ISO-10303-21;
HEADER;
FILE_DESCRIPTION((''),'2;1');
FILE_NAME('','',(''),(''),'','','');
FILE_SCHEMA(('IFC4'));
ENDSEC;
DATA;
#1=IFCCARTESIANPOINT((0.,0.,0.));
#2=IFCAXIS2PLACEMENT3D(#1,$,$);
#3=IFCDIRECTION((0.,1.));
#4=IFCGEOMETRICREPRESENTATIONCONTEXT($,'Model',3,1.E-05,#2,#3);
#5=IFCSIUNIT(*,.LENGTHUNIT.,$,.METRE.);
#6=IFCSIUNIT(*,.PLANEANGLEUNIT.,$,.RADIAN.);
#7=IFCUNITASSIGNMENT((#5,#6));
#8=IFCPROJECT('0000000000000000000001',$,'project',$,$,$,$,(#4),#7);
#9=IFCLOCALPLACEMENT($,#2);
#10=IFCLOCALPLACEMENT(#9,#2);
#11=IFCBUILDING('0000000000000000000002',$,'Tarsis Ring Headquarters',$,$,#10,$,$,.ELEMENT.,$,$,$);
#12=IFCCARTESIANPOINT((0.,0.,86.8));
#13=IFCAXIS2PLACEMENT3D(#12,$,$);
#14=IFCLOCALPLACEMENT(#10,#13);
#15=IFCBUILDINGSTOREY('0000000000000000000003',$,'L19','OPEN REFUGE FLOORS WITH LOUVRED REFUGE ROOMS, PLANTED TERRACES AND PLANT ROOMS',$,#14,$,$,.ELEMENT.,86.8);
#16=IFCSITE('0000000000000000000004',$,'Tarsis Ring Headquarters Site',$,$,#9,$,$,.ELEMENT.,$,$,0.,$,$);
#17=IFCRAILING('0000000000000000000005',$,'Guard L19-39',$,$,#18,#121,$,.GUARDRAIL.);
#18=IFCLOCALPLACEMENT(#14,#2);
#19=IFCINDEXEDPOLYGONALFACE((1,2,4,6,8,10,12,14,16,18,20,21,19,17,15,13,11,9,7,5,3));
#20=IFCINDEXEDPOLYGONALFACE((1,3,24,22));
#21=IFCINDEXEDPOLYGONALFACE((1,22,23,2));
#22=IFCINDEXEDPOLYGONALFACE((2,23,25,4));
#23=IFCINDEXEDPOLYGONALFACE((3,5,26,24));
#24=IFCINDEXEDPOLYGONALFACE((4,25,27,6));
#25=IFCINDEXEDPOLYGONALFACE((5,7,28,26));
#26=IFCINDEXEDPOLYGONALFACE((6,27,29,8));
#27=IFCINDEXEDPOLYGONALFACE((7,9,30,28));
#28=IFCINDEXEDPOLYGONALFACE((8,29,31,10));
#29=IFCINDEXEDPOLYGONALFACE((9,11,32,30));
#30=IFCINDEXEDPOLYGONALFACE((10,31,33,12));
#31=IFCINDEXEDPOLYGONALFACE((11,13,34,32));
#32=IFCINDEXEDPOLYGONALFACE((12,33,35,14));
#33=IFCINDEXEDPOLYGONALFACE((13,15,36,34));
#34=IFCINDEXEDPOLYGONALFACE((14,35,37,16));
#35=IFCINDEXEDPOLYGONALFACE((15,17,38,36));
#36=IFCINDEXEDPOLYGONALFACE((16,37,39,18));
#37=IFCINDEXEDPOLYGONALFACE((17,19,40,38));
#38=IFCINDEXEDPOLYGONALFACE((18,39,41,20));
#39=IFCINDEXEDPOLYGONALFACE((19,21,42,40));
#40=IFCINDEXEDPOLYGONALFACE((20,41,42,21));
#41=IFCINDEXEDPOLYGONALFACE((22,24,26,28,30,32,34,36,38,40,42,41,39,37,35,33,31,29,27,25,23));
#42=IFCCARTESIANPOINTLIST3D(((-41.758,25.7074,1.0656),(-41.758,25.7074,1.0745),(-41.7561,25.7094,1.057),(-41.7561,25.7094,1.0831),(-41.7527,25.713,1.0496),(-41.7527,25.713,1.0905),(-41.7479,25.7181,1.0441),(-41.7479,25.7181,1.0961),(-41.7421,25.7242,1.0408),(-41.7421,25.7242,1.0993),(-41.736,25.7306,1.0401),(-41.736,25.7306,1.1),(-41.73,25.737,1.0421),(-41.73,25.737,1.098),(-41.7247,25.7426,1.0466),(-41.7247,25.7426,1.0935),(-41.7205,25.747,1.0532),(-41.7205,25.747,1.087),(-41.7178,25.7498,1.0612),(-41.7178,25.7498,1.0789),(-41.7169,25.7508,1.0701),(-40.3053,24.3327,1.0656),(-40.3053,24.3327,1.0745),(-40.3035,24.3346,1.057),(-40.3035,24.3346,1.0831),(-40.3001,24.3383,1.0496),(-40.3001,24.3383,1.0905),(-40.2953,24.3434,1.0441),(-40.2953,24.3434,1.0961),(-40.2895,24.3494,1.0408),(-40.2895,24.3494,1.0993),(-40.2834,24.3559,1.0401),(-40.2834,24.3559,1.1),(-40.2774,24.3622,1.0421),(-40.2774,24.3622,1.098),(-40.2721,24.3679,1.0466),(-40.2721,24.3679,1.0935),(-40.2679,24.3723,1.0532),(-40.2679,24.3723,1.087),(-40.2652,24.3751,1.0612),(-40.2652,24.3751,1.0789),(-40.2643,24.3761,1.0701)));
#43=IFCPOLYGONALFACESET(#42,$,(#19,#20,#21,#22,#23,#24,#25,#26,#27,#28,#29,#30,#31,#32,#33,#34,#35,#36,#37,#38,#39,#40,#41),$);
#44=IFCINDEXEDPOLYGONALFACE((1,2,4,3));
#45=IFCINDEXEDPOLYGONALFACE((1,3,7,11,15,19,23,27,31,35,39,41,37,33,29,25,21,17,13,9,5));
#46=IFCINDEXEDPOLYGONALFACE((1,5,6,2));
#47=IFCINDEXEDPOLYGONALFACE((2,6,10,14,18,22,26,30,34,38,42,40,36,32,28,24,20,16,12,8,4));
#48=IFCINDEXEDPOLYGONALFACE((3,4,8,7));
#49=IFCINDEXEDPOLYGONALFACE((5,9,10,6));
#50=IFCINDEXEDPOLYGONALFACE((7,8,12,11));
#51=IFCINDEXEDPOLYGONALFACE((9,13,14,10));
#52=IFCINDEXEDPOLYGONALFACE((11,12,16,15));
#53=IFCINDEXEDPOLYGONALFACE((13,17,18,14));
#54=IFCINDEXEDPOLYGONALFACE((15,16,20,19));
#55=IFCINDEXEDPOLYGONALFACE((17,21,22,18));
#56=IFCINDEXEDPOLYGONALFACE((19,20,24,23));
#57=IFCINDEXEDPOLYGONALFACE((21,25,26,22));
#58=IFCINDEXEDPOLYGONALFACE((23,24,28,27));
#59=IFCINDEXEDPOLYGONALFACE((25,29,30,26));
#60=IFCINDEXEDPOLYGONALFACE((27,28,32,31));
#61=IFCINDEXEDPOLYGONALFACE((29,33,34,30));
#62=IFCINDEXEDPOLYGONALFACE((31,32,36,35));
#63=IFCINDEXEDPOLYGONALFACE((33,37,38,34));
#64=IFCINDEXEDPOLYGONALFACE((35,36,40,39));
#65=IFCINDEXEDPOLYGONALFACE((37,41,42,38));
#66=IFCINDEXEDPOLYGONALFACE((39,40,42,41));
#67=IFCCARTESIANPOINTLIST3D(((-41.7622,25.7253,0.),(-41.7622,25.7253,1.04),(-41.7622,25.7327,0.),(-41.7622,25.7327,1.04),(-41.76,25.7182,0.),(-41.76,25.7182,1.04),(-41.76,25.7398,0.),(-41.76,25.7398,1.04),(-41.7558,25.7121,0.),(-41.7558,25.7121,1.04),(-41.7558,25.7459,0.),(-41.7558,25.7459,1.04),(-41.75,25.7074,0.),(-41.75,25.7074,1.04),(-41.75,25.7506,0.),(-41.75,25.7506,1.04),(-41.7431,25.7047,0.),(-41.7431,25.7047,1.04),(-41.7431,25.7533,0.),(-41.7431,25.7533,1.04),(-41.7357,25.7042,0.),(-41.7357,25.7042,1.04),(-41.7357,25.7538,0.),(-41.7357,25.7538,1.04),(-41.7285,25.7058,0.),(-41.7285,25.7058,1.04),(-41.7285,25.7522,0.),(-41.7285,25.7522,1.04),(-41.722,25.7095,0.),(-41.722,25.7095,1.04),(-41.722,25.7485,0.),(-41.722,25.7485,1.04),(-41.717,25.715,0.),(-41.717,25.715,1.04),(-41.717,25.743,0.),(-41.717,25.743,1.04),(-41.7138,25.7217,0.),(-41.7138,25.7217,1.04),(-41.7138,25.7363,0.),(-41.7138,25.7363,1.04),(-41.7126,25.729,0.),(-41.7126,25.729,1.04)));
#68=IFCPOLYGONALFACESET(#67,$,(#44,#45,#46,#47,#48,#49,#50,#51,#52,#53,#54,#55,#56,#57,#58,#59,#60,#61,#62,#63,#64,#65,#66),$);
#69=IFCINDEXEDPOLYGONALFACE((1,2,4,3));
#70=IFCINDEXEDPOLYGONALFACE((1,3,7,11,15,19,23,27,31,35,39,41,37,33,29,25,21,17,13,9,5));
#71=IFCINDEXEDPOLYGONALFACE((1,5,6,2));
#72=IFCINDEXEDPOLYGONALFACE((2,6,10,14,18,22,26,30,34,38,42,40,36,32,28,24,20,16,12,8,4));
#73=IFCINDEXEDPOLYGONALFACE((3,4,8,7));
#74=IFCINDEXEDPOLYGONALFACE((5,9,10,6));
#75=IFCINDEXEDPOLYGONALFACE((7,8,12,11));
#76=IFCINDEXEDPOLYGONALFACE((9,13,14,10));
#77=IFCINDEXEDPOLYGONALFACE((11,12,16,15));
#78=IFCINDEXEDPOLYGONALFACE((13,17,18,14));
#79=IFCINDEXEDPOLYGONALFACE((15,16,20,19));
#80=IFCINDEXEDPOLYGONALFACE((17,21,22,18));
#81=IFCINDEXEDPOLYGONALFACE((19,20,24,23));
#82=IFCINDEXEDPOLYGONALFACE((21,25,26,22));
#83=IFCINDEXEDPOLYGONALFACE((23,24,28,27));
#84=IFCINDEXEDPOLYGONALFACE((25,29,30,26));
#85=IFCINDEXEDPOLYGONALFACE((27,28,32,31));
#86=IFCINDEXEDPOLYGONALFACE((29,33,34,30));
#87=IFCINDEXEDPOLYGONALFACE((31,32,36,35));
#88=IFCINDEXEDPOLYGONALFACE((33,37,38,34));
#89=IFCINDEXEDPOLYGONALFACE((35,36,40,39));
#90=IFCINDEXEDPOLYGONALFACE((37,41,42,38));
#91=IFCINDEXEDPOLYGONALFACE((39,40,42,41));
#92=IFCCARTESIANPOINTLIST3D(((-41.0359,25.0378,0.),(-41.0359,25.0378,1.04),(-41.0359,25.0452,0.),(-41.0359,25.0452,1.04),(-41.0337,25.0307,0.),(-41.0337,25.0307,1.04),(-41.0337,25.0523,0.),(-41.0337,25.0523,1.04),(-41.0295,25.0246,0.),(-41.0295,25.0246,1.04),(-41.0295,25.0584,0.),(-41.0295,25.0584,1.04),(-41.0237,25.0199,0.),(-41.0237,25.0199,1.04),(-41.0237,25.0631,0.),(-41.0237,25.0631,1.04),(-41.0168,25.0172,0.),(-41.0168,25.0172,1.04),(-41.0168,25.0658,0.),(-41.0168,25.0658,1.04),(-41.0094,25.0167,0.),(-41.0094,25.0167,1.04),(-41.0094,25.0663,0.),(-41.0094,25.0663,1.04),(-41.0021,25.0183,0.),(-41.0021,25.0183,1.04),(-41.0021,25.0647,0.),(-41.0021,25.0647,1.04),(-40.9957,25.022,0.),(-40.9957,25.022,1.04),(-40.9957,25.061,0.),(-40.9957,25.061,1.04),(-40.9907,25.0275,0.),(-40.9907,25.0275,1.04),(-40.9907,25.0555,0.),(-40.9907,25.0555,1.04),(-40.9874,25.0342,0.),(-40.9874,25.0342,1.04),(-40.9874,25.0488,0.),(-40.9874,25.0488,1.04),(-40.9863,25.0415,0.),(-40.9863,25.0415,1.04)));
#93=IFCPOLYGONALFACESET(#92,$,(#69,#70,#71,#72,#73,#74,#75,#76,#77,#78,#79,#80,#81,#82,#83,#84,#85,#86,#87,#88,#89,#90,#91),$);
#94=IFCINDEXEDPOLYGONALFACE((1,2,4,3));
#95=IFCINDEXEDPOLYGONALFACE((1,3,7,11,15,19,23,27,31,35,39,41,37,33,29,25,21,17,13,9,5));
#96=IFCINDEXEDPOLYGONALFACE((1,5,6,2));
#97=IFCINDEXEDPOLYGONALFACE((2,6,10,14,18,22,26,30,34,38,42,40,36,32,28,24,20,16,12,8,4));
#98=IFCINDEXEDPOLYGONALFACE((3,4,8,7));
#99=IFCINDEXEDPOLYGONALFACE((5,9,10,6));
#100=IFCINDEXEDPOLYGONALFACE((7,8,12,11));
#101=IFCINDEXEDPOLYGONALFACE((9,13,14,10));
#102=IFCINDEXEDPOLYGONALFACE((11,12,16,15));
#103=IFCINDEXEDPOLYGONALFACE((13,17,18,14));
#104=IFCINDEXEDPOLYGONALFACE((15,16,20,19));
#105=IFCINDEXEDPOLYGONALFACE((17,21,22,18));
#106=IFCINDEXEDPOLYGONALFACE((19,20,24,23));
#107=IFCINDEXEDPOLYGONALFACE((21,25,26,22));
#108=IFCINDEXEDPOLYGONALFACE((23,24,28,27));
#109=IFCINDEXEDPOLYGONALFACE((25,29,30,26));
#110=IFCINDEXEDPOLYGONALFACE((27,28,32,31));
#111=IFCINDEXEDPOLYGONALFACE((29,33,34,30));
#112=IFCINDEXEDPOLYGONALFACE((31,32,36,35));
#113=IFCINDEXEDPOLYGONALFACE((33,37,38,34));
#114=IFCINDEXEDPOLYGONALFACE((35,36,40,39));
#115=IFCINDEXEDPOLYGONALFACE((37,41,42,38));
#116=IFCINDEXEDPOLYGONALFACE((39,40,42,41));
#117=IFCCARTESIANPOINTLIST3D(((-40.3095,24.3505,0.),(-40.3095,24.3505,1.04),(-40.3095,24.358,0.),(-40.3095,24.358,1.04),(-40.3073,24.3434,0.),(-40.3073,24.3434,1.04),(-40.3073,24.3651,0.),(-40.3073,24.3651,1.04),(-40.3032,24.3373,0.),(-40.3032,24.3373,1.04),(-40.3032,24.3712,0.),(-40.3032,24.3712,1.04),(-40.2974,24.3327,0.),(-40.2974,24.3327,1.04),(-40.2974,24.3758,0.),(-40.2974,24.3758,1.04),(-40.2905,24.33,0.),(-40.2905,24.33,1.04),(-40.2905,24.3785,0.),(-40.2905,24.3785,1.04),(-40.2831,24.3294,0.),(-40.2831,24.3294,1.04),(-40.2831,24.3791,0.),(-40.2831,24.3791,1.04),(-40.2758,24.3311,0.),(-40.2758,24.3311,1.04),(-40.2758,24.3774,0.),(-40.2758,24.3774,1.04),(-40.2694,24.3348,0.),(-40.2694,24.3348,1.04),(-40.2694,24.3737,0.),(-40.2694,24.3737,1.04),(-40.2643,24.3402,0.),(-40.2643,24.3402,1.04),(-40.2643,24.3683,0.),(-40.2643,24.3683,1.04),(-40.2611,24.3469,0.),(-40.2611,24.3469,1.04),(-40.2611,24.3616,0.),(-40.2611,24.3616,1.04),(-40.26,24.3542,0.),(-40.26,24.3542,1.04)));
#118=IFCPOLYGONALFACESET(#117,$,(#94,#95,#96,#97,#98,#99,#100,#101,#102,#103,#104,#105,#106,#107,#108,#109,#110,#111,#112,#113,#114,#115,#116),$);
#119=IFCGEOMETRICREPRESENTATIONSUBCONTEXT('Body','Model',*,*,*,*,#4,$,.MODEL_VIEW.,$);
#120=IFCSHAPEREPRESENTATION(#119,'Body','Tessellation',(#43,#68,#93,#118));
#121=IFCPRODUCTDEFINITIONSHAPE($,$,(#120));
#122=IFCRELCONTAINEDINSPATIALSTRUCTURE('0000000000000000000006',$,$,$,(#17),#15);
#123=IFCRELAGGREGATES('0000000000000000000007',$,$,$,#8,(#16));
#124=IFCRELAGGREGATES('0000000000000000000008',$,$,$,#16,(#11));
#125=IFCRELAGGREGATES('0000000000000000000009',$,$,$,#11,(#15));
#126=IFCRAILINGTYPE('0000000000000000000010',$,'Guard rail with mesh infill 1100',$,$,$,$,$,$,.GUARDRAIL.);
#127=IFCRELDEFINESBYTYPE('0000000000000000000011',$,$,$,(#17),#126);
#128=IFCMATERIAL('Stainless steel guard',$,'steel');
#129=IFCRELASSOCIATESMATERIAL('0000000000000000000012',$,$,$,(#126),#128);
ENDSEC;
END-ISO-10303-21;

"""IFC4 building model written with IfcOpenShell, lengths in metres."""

from ifc_helpers import new_model, si_unit, direction, frame, origin, origin_2d, place, context, subcontext, project, spatial, circle, extrude, material, type_object, element, save


model = new_model("IFC4")

# Units and contexts
model_context = context("Model", 3, precision=1e-05, world=origin(), true_north=direction((0.0, 1.0)))
body_context = subcontext(model_context, "Body", "Model", "MODEL_VIEW")
ifc_project = project(units=[si_unit("LENGTHUNIT", "METRE"), si_unit("PLANEANGLEUNIT", "RADIAN")], contexts=[model_context])

# Site, building, storey
site_placement = place(None, origin())
site = spatial("IfcSite", under=ifc_project, at=site_placement, Name="Tarsis Ring Headquarters Site", CompositionType="ELEMENT", RefElevation=0.0)
building_placement = place(site_placement, origin())
building = spatial("IfcBuilding", under=site, at=building_placement, Name="Tarsis Ring Headquarters", CompositionType="ELEMENT")
storey_placement = place(building_placement, frame((0.0, 0.0, 86.8)))
storey = spatial("IfcBuildingStorey", under=building, at=storey_placement, Name="L19", Description="OPEN REFUGE FLOORS WITH LOUVRED REFUGE ROOMS, PLANTED TERRACES AND PLANT ROOMS", CompositionType="ELEMENT", Elevation=86.8)

# Railing
ifc_material_1 = material(Name="Stainless steel guard", Category="steel")
railing_type_1 = type_object("IfcRailingType", Name="Guard rail with mesh infill 1100", PredefinedType="GUARDRAIL", material=ifc_material_1)
railing_1_placement = place(storey_placement, frame((-41.7375, 25.729, 0.0)))
element("IfcRailing", 1, at=railing_1_placement, inside=storey, type_object=railing_type_1, Name="Guard L19-39", PredefinedType="GUARDRAIL", context=body_context, shape_type="SweptSolid", body=[
    extrude(circle(Radius=0.03, at=origin_2d()), frame((0.0, 0.0, 1.0701), z_axis=(0.726309, -0.687369, 0.0), x_axis=(0.687369, 0.726309, 0.0)), (0.0, 0.0, 1.0), 2.0),
    extrude(circle(Radius=0.0249, at=origin_2d()), origin(), (0.0, 0.0, 1.0), 1.04),
    extrude(circle(Radius=0.0249, at=origin_2d()), frame((0.7263, -0.6875, 0.0)), (0.0, 0.0, 1.0), 1.04),
    extrude(circle(Radius=0.0249, at=origin_2d()), frame((1.4526, -1.3748, 0.0)), (0.0, 0.0, 1.0), 1.04),
])

save(model, "model.ifc")
